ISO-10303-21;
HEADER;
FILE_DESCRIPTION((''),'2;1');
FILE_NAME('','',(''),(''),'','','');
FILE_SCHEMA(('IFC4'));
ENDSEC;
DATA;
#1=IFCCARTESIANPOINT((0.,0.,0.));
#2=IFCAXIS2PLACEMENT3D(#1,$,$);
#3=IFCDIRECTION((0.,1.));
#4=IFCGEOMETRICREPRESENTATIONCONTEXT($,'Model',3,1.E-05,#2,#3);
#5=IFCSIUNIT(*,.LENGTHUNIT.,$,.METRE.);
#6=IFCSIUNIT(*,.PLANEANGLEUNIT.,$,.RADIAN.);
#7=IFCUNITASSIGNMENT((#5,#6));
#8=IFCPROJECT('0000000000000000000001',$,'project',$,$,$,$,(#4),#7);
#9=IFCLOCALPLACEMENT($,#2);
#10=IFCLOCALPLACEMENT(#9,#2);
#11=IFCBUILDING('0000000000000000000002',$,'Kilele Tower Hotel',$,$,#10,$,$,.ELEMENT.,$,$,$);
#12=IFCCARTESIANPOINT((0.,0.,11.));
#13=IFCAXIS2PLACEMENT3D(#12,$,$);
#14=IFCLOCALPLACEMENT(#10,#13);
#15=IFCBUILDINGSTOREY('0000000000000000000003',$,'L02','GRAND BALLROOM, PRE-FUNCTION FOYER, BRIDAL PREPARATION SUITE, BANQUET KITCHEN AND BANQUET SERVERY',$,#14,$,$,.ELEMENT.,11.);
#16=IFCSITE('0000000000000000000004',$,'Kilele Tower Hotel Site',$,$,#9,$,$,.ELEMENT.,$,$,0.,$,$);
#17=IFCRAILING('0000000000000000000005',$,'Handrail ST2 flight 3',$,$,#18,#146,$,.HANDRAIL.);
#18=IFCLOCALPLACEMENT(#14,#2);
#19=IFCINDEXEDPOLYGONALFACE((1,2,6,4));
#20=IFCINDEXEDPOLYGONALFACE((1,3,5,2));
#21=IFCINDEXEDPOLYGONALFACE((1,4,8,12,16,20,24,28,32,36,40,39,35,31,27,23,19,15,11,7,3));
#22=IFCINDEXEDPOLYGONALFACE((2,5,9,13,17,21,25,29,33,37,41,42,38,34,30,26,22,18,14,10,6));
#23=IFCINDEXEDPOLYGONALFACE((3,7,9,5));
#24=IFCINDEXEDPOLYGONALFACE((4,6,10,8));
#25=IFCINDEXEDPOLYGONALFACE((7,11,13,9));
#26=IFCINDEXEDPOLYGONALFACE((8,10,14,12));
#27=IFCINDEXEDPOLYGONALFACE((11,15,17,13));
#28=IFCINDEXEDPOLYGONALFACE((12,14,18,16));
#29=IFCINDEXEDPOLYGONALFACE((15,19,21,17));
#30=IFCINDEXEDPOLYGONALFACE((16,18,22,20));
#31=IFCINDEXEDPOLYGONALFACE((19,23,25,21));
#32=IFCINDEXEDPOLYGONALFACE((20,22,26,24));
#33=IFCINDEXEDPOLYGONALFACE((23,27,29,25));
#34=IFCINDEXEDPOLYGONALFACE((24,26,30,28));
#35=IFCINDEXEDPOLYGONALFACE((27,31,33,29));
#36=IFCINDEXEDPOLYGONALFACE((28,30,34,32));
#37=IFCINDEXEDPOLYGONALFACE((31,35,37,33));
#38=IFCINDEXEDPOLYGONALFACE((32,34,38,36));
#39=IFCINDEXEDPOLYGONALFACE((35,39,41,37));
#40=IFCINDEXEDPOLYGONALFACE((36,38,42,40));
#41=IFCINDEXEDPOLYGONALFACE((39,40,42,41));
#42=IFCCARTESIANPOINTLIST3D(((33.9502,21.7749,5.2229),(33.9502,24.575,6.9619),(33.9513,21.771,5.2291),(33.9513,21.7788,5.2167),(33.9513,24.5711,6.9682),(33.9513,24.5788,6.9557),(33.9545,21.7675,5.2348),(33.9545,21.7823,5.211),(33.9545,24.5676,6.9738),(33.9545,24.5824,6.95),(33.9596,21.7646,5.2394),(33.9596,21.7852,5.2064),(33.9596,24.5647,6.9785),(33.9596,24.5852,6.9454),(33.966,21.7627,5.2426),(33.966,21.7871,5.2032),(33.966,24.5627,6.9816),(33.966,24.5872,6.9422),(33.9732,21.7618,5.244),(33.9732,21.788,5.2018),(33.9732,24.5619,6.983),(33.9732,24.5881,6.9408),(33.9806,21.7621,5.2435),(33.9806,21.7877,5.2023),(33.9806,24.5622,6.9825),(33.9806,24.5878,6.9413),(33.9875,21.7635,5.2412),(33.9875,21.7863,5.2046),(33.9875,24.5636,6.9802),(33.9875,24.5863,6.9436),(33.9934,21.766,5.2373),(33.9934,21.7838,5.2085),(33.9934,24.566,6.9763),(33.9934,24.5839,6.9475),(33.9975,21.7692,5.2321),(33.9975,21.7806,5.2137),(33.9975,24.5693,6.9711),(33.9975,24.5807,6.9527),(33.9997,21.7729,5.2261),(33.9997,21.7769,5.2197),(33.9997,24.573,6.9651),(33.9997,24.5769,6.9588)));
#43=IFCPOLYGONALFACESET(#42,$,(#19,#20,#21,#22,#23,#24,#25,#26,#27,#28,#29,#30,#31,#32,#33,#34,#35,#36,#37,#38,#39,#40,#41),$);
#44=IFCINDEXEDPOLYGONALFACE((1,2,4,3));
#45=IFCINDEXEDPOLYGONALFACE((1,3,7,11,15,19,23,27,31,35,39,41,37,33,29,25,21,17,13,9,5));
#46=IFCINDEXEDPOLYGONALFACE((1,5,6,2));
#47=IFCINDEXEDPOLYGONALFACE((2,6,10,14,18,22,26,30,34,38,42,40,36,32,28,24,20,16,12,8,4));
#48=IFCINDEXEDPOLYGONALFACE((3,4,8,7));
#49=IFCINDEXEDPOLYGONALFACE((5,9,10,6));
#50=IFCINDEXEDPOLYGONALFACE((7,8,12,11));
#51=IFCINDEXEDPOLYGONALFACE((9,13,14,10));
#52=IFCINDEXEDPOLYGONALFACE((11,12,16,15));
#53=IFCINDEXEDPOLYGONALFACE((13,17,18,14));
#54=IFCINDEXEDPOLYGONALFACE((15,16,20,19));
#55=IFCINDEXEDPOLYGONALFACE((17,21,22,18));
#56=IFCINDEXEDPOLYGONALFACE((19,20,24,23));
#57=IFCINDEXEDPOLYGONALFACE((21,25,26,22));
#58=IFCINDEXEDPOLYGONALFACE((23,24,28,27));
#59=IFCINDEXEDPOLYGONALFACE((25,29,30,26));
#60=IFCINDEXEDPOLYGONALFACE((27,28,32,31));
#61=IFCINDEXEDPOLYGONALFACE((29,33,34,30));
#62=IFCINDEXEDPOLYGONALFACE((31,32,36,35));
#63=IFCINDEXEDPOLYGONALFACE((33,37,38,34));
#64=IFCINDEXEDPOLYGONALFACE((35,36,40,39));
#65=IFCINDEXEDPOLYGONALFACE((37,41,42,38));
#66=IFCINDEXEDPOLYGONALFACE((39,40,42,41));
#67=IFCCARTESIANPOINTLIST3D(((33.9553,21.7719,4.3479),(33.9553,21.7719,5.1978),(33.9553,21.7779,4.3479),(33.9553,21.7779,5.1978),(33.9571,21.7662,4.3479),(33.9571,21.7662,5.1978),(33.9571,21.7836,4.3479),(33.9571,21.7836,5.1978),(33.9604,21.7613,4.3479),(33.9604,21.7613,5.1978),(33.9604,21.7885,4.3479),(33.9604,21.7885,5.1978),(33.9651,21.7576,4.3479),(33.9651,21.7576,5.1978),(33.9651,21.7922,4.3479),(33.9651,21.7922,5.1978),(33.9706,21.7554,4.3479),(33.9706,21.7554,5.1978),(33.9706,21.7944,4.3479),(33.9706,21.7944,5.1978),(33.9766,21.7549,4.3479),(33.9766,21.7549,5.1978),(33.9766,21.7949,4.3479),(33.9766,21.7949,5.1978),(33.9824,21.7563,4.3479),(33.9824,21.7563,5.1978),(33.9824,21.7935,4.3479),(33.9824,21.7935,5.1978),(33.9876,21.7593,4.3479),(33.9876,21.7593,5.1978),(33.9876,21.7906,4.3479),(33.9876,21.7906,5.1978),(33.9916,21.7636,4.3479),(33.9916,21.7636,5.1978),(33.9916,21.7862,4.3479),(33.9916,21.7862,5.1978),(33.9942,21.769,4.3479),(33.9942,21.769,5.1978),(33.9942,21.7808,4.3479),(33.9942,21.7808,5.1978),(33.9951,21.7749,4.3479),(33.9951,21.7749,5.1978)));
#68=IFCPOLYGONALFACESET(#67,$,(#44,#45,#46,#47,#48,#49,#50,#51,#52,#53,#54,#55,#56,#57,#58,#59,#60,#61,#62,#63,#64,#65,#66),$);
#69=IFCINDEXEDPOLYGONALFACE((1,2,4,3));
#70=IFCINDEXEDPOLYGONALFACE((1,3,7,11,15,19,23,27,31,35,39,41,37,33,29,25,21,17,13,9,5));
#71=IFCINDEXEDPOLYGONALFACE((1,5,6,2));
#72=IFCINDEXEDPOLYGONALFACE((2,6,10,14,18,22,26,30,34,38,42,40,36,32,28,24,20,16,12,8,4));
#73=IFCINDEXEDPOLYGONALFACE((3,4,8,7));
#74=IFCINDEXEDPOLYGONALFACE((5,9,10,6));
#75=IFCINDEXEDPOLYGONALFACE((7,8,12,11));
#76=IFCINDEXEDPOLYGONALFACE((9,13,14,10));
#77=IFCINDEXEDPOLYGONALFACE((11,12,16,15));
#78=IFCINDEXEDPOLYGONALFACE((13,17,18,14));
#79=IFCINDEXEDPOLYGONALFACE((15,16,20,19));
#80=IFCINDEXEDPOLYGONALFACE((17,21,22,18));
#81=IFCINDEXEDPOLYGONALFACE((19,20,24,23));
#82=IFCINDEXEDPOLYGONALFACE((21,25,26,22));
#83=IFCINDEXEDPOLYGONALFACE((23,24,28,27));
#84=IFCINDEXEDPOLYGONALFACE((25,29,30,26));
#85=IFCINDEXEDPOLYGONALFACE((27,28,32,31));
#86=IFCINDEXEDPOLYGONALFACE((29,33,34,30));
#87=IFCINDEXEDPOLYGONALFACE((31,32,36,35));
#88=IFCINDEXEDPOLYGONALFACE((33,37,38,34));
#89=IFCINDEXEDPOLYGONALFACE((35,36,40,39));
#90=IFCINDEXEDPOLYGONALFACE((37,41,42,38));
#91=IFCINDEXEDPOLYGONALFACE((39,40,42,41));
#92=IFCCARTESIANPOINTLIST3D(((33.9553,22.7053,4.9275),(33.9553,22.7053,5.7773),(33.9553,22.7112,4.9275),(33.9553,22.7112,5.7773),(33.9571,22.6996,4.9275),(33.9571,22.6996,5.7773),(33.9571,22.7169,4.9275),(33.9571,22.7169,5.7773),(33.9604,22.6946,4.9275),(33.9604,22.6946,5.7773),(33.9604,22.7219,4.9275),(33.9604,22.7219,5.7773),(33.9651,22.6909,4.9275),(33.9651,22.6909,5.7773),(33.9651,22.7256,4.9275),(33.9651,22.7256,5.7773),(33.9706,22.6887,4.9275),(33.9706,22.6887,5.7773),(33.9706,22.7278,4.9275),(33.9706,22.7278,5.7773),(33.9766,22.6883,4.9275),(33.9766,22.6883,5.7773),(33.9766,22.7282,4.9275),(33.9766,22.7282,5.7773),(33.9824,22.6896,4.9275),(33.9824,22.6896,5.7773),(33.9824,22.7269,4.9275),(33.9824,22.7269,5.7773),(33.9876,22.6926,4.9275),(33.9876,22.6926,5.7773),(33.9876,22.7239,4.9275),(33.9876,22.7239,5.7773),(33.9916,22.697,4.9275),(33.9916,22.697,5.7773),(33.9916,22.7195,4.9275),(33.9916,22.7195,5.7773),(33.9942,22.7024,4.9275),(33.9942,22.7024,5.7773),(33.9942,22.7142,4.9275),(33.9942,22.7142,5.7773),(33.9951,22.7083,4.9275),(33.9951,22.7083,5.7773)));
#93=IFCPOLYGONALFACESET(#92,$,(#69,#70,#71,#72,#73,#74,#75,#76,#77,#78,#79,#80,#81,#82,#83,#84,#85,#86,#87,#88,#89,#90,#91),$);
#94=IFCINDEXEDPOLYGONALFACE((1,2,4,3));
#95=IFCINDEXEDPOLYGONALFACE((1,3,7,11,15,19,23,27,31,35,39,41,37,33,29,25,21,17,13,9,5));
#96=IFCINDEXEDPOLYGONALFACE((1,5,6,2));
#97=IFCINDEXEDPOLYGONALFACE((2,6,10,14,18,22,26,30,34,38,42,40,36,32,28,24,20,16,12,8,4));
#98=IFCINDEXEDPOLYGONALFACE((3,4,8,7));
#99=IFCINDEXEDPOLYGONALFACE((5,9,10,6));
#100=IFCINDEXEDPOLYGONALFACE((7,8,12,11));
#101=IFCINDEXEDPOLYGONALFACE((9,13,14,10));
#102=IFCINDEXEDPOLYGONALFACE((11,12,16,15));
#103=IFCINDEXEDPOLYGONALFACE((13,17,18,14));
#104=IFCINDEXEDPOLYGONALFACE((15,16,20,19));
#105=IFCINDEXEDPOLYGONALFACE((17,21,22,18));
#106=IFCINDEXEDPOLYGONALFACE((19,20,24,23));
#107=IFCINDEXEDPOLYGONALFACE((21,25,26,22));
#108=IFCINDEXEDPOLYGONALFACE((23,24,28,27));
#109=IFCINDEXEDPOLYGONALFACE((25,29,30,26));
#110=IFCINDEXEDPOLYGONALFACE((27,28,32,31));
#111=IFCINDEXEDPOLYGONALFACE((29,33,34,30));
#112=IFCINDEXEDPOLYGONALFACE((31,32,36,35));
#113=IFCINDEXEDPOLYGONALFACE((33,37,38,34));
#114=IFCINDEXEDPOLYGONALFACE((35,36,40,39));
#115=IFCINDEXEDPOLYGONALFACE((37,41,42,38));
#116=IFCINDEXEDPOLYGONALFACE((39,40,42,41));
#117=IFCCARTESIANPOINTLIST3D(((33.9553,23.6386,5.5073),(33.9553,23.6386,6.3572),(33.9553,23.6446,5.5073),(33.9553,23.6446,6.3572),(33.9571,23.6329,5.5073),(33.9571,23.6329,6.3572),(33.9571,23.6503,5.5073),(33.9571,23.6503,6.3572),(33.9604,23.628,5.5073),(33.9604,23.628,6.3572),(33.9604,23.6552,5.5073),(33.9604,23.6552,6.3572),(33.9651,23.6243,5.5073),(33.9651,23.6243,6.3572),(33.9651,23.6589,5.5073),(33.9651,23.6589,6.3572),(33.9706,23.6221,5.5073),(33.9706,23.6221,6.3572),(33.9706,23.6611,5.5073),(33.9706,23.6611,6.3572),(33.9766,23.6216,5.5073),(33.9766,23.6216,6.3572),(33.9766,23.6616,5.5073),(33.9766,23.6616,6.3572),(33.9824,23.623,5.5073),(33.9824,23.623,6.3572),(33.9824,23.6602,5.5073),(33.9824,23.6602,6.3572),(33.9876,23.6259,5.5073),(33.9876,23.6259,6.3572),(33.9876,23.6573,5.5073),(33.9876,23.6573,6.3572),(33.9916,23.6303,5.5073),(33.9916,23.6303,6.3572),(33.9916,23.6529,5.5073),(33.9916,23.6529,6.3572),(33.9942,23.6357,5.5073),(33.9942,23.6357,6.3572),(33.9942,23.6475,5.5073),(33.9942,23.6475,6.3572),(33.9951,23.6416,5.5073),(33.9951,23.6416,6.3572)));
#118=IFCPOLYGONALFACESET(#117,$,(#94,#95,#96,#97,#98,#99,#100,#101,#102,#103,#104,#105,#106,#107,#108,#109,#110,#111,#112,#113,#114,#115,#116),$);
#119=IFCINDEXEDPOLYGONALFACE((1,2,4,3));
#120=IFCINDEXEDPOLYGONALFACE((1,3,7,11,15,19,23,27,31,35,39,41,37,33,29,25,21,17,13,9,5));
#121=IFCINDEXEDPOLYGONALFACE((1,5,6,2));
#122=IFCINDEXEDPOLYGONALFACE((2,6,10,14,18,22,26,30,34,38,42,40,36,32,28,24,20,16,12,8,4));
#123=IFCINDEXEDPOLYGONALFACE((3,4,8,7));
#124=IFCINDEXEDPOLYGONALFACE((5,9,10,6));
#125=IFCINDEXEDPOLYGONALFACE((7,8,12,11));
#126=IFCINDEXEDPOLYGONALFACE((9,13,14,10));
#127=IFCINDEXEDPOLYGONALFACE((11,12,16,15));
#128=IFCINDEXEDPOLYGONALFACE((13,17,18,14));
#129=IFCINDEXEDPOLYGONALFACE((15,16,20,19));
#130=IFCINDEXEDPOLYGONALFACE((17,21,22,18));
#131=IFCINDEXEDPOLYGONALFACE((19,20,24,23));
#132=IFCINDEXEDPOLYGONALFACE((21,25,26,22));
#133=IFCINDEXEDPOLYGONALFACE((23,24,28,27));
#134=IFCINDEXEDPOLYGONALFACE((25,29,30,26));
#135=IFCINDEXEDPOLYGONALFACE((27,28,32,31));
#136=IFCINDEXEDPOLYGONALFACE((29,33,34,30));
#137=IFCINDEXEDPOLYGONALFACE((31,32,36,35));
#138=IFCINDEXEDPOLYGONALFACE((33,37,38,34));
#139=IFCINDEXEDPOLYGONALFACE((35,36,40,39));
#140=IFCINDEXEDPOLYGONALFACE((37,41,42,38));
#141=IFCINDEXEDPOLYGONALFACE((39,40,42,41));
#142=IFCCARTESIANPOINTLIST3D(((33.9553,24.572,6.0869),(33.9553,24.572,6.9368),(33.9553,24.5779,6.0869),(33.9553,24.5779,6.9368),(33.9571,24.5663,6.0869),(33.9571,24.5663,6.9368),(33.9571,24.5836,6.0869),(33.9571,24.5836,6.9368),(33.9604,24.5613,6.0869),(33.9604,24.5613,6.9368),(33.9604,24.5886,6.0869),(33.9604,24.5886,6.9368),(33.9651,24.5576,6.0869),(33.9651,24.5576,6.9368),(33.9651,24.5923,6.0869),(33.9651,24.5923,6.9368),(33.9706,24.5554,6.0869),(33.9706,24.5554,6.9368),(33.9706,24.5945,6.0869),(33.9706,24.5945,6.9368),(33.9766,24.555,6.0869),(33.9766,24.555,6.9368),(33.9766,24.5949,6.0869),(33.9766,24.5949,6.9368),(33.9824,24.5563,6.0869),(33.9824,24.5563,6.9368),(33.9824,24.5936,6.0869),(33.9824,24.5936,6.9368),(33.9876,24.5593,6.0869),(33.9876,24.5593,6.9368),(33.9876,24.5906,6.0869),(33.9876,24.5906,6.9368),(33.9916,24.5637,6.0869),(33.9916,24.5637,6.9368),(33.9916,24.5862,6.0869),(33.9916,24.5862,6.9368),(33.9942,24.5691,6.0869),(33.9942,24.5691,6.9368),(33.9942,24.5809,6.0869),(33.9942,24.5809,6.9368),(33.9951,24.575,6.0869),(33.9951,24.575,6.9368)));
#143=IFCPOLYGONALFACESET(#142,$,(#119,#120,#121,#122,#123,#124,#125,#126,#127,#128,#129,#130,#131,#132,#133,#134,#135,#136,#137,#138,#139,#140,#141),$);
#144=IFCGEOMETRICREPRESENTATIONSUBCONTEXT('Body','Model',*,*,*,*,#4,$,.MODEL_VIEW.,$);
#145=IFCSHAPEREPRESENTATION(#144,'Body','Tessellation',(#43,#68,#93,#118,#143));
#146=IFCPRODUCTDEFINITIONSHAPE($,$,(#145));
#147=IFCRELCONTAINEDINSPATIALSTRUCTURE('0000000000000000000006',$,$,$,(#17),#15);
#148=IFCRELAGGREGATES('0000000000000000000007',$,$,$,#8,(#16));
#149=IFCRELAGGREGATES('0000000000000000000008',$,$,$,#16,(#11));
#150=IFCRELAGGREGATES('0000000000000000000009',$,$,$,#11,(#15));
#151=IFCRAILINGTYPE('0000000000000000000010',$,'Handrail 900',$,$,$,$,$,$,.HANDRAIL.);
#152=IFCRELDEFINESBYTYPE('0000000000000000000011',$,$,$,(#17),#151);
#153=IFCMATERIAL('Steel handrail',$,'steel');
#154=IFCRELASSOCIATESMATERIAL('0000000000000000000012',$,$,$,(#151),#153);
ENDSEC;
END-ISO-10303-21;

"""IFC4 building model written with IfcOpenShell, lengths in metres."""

from ifc_helpers import new_model, si_unit, direction, frame, origin, origin_2d, place, context, subcontext, project, spatial, circle, extrude, material, type_object, element, save


model = new_model("IFC4")

# Units and contexts
model_context = context("Model", 3, precision=1e-05, world=origin(), true_north=direction((0.0, 1.0)))
body_context = subcontext(model_context, "Body", "Model", "MODEL_VIEW")
ifc_project = project(units=[si_unit("LENGTHUNIT", "METRE"), si_unit("PLANEANGLEUNIT", "RADIAN")], contexts=[model_context])

# Site, building, storey
site_placement = place(None, origin())
site = spatial("IfcSite", under=ifc_project, at=site_placement, Name="Kilele Tower Hotel Site", CompositionType="ELEMENT", RefElevation=0.0)
building_placement = place(site_placement, origin())
building = spatial("IfcBuilding", under=site, at=building_placement, Name="Kilele Tower Hotel", CompositionType="ELEMENT")
storey_placement = place(building_placement, frame((0.0, 0.0, 11.0)))
storey = spatial("IfcBuildingStorey", under=building, at=storey_placement, Name="L02", Description="GRAND BALLROOM, PRE-FUNCTION FOYER, BRIDAL PREPARATION SUITE, BANQUET KITCHEN AND BANQUET SERVERY", CompositionType="ELEMENT", Elevation=11.0)

# Railing
ifc_material_1 = material(Name="Steel handrail", Category="steel")
railing_type_1 = type_object("IfcRailingType", Name="Handrail 900", PredefinedType="HANDRAIL", material=ifc_material_1)
railing_1_placement = place(storey_placement, frame((33.9751, 21.7749, 4.3479)))
element("IfcRailing", 1, at=railing_1_placement, inside=storey, type_object=railing_type_1, Name="Handrail ST2 flight 3", PredefinedType="HANDRAIL", context=body_context, shape_type="SweptSolid", body=[
    extrude(circle(Radius=0.0249, at=origin_2d()), frame((0.0, 0.0, 0.875), z_axis=(0.0, 0.849497, 0.527593), x_axis=(-1.0, 0.0, 0.0)), (0.0, 0.0, 1.0), 3.2961),
    extrude(circle(Radius=0.02, at=origin_2d()), origin(), (0.0, 0.0, 1.0), 0.8499),
    extrude(circle(Radius=0.02, at=origin_2d()), frame((0.0, 0.9333, 0.5796)), (0.0, 0.0, 1.0), 0.8499),
    extrude(circle(Radius=0.02, at=origin_2d()), frame((0.0, 1.8667, 1.1594)), (0.0, 0.0, 1.0), 0.8499),
    extrude(circle(Radius=0.02, at=origin_2d()), frame((0.0, 2.8, 1.739)), (0.0, 0.0, 1.0), 0.8499),
])

save(model, "model.ifc")
